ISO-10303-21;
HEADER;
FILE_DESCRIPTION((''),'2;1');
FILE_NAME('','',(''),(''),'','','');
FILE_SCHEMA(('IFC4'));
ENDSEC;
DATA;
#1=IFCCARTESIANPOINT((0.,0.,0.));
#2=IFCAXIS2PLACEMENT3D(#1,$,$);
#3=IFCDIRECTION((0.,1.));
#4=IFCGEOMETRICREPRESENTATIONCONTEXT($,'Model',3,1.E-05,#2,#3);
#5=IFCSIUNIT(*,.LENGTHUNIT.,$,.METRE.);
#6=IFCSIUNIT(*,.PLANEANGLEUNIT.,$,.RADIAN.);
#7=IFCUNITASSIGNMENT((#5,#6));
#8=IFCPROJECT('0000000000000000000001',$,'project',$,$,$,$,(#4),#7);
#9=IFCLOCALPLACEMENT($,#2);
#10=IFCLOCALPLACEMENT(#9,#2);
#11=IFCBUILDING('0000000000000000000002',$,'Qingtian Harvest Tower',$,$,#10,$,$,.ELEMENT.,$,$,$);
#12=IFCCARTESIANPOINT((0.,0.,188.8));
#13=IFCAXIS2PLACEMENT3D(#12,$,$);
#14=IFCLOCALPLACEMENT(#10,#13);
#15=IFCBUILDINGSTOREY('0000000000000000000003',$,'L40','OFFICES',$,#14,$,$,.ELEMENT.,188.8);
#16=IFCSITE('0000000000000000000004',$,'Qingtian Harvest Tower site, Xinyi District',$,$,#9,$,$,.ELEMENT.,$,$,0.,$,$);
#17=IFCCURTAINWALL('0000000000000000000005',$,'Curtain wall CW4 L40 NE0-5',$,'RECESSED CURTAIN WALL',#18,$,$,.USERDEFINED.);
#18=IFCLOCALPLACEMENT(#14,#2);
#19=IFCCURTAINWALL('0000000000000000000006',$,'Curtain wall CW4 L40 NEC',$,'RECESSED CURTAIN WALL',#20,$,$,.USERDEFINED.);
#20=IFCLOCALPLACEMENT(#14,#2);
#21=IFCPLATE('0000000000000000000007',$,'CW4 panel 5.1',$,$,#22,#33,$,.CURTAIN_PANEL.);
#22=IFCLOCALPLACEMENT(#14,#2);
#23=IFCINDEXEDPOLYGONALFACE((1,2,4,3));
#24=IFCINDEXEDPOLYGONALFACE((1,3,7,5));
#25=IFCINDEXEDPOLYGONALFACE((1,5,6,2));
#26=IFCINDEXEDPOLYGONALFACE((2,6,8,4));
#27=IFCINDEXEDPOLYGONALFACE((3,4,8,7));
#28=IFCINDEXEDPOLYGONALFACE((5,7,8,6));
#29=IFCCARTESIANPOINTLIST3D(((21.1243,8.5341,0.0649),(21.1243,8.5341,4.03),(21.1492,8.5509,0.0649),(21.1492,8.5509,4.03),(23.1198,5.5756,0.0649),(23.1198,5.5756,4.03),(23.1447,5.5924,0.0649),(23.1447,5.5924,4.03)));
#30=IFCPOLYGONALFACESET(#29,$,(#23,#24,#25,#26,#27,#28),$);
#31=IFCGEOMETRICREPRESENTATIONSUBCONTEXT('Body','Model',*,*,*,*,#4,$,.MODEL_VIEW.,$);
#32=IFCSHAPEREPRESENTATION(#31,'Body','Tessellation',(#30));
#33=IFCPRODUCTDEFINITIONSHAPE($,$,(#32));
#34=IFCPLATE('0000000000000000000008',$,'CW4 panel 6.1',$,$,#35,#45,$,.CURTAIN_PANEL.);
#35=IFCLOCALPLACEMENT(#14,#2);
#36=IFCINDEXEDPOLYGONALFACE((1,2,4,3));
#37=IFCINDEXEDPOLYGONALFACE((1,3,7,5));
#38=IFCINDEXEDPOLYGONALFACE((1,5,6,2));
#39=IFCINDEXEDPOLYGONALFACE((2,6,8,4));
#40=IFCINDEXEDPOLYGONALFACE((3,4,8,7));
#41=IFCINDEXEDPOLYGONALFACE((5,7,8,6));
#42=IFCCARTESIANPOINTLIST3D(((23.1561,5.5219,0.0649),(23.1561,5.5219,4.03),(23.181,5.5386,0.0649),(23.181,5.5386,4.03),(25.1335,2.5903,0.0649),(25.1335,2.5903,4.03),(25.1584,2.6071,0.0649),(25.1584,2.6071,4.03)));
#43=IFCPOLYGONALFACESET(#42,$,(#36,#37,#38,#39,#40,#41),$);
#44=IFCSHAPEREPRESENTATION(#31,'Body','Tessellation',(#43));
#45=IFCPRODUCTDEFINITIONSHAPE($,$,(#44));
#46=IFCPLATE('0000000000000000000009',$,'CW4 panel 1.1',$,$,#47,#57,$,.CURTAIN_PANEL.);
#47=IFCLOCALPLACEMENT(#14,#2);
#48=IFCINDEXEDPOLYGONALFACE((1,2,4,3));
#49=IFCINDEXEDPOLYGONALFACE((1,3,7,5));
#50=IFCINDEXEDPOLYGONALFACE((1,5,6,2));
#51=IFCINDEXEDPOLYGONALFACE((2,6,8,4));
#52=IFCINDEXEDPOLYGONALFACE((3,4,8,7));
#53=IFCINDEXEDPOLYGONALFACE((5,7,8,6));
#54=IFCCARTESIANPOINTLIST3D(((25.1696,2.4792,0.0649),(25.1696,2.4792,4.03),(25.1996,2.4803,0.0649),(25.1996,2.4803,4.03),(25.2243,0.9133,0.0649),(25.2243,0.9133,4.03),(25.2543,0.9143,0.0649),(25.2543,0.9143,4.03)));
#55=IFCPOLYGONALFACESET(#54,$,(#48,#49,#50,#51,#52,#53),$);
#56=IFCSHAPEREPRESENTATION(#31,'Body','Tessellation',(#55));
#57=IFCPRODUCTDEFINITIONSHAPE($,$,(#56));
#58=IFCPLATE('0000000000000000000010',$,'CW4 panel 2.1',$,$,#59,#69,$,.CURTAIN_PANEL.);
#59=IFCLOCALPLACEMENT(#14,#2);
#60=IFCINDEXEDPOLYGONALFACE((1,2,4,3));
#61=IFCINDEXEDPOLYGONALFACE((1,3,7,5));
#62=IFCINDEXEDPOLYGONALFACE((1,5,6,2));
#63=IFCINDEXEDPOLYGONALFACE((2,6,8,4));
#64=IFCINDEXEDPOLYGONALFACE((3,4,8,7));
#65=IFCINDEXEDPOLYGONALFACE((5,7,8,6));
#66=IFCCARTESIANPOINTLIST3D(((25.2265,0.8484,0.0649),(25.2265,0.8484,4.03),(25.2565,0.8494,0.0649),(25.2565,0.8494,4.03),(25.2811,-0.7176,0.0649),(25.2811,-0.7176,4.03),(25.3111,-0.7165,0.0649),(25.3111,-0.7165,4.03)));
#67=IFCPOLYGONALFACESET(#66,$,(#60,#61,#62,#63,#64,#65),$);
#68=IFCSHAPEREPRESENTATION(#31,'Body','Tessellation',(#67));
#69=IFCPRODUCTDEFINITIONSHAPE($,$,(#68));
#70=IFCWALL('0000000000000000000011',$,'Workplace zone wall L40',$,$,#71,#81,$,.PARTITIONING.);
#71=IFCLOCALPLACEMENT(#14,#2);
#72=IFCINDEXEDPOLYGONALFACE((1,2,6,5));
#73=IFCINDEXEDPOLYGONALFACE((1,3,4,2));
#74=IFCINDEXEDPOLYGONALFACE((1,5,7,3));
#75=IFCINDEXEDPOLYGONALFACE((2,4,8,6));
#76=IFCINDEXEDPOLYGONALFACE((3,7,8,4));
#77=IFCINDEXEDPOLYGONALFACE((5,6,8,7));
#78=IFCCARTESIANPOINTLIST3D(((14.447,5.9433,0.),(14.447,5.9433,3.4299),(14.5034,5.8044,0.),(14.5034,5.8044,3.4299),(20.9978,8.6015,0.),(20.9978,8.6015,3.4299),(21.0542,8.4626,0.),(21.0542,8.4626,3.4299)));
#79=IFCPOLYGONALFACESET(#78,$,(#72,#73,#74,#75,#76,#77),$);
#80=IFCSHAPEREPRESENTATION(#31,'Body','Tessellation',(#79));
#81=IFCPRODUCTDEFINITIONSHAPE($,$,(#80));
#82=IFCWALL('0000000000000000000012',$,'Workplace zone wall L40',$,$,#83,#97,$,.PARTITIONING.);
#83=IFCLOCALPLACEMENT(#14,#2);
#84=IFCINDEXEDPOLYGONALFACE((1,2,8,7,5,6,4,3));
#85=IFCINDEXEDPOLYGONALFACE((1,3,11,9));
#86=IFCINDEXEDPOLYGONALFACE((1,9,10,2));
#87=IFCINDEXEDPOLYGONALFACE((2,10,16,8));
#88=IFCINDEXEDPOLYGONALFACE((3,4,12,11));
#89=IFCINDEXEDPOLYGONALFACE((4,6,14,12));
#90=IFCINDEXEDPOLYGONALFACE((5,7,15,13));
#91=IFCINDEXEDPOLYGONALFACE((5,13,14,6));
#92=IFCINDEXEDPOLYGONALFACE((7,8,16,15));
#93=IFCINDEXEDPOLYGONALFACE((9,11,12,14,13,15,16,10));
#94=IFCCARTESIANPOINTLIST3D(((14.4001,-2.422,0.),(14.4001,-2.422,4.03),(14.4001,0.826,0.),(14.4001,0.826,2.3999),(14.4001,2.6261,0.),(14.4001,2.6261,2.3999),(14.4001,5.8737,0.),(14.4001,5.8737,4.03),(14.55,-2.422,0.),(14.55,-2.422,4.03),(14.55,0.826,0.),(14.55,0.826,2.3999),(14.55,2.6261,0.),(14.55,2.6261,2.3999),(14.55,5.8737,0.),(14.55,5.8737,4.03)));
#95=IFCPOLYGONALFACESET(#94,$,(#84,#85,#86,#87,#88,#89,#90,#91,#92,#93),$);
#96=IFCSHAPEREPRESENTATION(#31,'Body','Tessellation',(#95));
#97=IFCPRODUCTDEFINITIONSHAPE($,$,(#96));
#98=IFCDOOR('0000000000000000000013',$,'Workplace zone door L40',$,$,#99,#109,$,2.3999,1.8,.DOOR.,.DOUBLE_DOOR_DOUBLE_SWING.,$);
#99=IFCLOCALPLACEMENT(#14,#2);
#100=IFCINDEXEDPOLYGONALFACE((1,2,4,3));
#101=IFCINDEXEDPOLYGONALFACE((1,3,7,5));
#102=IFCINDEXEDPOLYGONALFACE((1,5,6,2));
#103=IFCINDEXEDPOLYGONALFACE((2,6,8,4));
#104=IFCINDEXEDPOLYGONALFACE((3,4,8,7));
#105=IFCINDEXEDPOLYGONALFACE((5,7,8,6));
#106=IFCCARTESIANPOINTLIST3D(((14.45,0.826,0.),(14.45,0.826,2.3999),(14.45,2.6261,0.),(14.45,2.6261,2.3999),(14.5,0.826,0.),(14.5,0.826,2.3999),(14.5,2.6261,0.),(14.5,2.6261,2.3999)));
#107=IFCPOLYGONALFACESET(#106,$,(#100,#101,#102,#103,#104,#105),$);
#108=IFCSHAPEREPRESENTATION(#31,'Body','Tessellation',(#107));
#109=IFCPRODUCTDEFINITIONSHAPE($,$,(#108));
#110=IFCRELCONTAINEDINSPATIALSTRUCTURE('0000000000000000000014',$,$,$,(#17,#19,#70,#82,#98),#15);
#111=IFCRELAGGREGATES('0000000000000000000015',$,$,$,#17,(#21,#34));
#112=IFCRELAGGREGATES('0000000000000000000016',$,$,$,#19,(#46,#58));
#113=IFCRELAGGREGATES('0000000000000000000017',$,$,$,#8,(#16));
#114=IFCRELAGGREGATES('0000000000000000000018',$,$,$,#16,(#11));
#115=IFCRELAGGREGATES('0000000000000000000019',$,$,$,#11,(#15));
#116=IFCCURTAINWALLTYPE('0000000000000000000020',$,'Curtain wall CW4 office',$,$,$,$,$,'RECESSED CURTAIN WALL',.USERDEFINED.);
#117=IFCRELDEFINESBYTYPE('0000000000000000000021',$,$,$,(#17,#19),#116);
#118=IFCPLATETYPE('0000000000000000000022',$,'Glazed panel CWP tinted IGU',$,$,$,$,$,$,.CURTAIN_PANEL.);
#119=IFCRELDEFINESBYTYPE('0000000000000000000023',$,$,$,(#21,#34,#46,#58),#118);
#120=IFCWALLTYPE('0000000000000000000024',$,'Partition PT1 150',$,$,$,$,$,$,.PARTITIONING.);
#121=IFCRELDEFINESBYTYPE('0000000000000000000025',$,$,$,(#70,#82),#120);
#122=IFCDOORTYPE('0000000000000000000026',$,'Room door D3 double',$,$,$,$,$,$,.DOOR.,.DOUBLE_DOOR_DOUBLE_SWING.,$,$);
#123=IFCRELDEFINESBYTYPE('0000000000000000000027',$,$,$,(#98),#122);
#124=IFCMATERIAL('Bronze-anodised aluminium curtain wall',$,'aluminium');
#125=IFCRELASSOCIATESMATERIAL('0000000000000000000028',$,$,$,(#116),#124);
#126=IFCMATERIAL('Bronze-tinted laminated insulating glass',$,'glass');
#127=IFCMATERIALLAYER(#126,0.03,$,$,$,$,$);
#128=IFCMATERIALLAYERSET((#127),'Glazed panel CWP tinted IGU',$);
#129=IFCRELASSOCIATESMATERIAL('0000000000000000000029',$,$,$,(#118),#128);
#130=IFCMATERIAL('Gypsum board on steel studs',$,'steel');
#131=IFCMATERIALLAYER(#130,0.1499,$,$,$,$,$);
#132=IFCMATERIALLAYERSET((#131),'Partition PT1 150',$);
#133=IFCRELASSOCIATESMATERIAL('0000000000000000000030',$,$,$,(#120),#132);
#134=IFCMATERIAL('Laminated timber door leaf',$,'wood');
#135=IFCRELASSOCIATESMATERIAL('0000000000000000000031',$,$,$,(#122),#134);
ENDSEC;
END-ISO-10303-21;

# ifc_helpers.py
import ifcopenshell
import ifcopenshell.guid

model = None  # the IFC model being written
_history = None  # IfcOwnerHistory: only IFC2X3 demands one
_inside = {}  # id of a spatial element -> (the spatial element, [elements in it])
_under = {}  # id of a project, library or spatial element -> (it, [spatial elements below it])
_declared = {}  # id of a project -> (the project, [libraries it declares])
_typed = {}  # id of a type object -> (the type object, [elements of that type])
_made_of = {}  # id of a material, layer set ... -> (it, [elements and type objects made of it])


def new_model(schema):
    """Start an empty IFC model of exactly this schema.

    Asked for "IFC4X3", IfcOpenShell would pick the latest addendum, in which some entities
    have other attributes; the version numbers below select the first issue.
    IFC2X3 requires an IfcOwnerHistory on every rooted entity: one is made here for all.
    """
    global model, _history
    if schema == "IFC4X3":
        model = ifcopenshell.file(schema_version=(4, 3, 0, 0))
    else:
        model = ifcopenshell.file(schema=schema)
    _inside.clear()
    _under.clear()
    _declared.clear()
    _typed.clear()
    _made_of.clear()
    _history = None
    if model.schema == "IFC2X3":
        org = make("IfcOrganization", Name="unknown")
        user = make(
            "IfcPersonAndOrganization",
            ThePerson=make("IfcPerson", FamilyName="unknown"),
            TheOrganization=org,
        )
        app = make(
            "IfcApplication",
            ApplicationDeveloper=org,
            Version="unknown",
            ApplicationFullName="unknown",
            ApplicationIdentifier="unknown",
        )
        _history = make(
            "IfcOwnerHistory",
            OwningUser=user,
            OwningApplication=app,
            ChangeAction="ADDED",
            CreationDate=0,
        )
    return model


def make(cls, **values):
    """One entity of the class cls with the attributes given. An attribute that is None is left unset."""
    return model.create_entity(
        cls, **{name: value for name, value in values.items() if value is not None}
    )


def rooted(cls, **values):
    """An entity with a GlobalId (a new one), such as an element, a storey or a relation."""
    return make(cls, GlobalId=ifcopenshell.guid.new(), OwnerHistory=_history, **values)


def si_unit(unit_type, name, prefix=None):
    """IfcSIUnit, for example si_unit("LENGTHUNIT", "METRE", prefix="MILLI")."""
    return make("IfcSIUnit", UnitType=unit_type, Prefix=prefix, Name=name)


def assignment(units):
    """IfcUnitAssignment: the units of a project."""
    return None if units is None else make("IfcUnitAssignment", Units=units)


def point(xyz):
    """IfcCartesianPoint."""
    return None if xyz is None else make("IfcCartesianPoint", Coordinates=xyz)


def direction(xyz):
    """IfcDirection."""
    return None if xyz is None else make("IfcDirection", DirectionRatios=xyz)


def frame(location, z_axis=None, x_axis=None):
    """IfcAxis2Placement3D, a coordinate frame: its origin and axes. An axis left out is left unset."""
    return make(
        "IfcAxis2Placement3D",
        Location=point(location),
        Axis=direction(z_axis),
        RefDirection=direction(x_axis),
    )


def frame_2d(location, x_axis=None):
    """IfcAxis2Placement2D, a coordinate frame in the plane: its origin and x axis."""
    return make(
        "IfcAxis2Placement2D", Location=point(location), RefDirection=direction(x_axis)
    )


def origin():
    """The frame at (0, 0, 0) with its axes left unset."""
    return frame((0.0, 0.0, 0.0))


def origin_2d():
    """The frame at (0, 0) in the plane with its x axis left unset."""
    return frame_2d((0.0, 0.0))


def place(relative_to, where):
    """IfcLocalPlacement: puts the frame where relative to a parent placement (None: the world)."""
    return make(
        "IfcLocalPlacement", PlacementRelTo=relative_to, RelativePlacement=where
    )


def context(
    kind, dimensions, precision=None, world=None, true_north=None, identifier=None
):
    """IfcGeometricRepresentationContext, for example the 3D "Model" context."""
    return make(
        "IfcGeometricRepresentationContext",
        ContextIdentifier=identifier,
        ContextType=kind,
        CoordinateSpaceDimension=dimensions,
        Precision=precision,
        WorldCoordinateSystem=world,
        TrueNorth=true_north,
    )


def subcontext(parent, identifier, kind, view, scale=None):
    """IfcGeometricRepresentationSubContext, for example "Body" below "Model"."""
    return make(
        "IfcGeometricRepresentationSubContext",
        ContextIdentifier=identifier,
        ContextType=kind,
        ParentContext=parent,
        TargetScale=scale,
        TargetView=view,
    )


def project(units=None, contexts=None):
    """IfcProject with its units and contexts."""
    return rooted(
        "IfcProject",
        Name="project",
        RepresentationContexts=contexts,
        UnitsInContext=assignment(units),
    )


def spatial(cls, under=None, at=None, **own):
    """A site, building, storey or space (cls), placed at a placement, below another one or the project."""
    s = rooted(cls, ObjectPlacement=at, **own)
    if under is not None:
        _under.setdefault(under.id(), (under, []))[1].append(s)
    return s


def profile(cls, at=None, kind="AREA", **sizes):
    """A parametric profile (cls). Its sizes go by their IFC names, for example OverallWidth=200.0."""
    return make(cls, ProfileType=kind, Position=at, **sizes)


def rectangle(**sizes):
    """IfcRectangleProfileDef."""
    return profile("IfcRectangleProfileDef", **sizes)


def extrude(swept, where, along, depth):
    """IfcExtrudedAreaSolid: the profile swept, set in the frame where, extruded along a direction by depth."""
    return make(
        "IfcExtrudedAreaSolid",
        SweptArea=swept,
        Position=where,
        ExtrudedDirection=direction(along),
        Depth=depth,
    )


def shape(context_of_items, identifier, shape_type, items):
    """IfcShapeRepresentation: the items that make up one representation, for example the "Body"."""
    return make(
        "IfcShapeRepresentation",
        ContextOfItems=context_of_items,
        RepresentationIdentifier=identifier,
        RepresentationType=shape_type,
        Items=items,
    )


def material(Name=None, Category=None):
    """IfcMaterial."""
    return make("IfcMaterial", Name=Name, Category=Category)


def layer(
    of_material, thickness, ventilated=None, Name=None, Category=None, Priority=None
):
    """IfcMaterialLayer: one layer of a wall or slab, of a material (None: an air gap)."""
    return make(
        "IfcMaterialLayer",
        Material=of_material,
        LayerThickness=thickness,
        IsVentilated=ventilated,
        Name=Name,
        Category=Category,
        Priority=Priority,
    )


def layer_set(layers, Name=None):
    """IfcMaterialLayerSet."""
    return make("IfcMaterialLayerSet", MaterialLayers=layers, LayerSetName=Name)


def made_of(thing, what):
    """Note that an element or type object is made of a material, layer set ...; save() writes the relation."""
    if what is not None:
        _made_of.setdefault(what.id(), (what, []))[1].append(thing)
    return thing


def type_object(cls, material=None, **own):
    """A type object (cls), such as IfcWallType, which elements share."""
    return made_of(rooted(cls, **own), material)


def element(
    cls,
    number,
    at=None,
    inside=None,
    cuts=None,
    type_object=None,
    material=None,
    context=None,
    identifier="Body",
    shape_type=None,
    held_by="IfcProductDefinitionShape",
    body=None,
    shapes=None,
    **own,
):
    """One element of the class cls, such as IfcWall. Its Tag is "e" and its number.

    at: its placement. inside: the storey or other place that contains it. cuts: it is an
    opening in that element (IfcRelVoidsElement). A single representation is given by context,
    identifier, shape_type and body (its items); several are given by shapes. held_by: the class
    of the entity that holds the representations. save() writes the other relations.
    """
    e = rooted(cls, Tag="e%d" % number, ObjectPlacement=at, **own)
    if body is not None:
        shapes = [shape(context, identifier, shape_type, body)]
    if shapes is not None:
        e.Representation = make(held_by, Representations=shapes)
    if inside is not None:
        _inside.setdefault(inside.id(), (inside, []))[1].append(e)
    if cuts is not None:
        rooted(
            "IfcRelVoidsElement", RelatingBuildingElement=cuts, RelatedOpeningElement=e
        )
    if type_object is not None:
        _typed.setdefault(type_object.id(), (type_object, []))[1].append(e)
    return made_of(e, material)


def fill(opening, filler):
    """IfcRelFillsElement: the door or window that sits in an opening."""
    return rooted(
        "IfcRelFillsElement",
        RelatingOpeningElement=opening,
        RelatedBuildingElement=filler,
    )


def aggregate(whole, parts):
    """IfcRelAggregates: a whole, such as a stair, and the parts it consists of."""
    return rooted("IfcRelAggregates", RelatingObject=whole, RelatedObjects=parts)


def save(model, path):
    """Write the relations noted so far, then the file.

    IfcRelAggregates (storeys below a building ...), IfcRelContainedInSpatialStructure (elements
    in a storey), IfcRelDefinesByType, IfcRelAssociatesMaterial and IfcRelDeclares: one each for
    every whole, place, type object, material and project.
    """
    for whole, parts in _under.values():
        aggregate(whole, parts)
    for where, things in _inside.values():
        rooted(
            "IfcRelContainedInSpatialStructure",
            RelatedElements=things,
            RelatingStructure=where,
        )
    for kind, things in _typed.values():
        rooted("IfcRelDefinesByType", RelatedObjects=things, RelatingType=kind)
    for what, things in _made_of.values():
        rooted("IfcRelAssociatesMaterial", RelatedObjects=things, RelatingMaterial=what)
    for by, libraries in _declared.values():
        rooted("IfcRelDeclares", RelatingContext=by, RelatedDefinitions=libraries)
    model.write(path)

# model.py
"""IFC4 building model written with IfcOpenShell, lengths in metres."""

from ifc_helpers import new_model, si_unit, direction, frame, frame_2d, origin, origin_2d, place, context, subcontext, project, spatial, rectangle, extrude, material, layer, layer_set, type_object, element, fill, aggregate, save


model = new_model("IFC4")

# Units and contexts
model_context = context("Model", 3, precision=1e-05, world=origin(), true_north=direction((0.0, 1.0)))
body_context = subcontext(model_context, "Body", "Model", "MODEL_VIEW")
ifc_project = project(units=[si_unit("LENGTHUNIT", "METRE"), si_unit("PLANEANGLEUNIT", "RADIAN")], contexts=[model_context])

# Site, building, storey
site_placement = place(None, origin())
site = spatial("IfcSite", under=ifc_project, at=site_placement, Name="Qingtian Harvest Tower site, Xinyi District", CompositionType="ELEMENT", RefElevation=0.0)
building_placement = place(site_placement, origin())
building = spatial("IfcBuilding", under=site, at=building_placement, Name="Qingtian Harvest Tower", CompositionType="ELEMENT")
storey_placement = place(building_placement, frame((0.0, 0.0, 188.8)))
storey = spatial("IfcBuildingStorey", under=building, at=storey_placement, Name="L40", Description="OFFICES", CompositionType="ELEMENT", Elevation=188.8)

# Curtain walls
ifc_material_1 = material(Name="Bronze-anodised aluminium curtain wall", Category="aluminium")
curtain_wall_type = type_object("IfcCurtainWallType", Name="Curtain wall CW4 office", ElementType="RECESSED CURTAIN WALL", PredefinedType="USERDEFINED", material=ifc_material_1)
curtain_wall_1_placement = place(storey_placement, origin())
curtain_wall_1 = element("IfcCurtainWall", 1, at=curtain_wall_1_placement, inside=storey, type_object=curtain_wall_type, Name="Curtain wall CW4 L40 NE0-5", ObjectType="RECESSED CURTAIN WALL", PredefinedType="USERDEFINED")
curtain_wall_2_placement = place(storey_placement, origin())
curtain_wall_2 = element("IfcCurtainWall", 2, at=curtain_wall_2_placement, inside=storey, type_object=curtain_wall_type, Name="Curtain wall CW4 L40 NEC", ObjectType="RECESSED CURTAIN WALL", PredefinedType="USERDEFINED")

# Plates
ifc_material_2 = material(Name="Bronze-tinted laminated insulating glass", Category="glass")
ifc_layer_1 = layer(ifc_material_2, 0.03)
ifc_layer_set_1 = layer_set([ifc_layer_1], Name="Glazed panel CWP tinted IGU")
plate_type = type_object("IfcPlateType", Name="Glazed panel CWP tinted IGU", PredefinedType="CURTAIN_PANEL", material=ifc_layer_set_1)
plate_1_placement = place(storey_placement, frame((22.1345, 7.0632, 0.0649), z_axis=(0.0, 0.0, 1.0), x_axis=(0.559193, -0.829038, 0.0)))
plate_1 = element("IfcPlate", 3, at=plate_1_placement, type_object=plate_type, Name="CW4 panel 5.1", PredefinedType="CURTAIN_PANEL", context=body_context, shape_type="SweptSolid", body=[
    extrude(rectangle(XDim=3.5686, YDim=0.03, at=origin_2d()), origin(), (0.0, 0.0, 1.0), 3.9651),
])
plate_2_placement = place(storey_placement, frame((24.1572, 4.0645, 0.0649), z_axis=(0.0, 0.0, 1.0), x_axis=(0.559193, -0.829038, 0.0)))
plate_2 = element("IfcPlate", 4, at=plate_2_placement, type_object=plate_type, Name="CW4 panel 6.1", PredefinedType="CURTAIN_PANEL", context=body_context, shape_type="SweptSolid", body=[
    extrude(rectangle(XDim=3.5361, YDim=0.03, at=origin_2d()), origin(), (0.0, 0.0, 1.0), 3.9651),
])
aggregate(curtain_wall_1, [plate_1, plate_2])
plate_3_placement = place(storey_placement, frame((25.2119, 1.6968, 0.0649), z_axis=(0.0, 0.0, 1.0), x_axis=(0.034899, -0.999391, 0.0)))
plate_3 = element("IfcPlate", 5, at=plate_3_placement, type_object=plate_type, Name="CW4 panel 1.1", PredefinedType="CURTAIN_PANEL", context=body_context, shape_type="SweptSolid", body=[
    extrude(rectangle(XDim=1.5669, YDim=0.03, at=origin_2d()), origin(), (0.0, 0.0, 1.0), 3.9651),
])
plate_4_placement = place(storey_placement, frame((25.2688, 0.0659, 0.0649), z_axis=(0.0, 0.0, 1.0), x_axis=(0.034899, -0.999391, 0.0)))
plate_4 = element("IfcPlate", 6, at=plate_4_placement, type_object=plate_type, Name="CW4 panel 2.1", PredefinedType="CURTAIN_PANEL", context=body_context, shape_type="SweptSolid", body=[
    extrude(rectangle(XDim=1.5669, YDim=0.03, at=origin_2d()), origin(), (0.0, 0.0, 1.0), 3.9651),
])
aggregate(curtain_wall_2, [plate_3, plate_4])

# Shared definitions
ifc_material_3 = material(Name="Gypsum board on steel studs", Category="steel")
ifc_layer_2 = layer(ifc_material_3, 0.1499)
ifc_layer_set_2 = layer_set([ifc_layer_2], Name="Partition PT1 150")
wall_type = type_object("IfcWallType", Name="Partition PT1 150", PredefinedType="PARTITIONING", material=ifc_layer_set_2)
ifc_material_4 = material(Name="Laminated timber door leaf", Category="wood")
door_type = type_object("IfcDoorType", Name="Room door D3 double", OperationType="DOUBLE_DOOR_DOUBLE_SWING", PredefinedType="DOOR", material=ifc_material_4)

# Wall
wall_1_placement = place(storey_placement, frame((21.0259, 8.532, 0.0), z_axis=(0.0, 0.0, 1.0), x_axis=(-0.926617, -0.376006, 0.0)))
element("IfcWall", 7, at=wall_1_placement, inside=storey, type_object=wall_type, Name="Workplace zone wall L40", PredefinedType="PARTITIONING", context=body_context, shape_type="SweptSolid", body=[
    extrude(rectangle(XDim=7.0696, YDim=0.1499, at=frame_2d((3.5347, 0.0))), origin(), (0.0, 0.0, 1.0), 3.4299),
])

# Wall, opening, door
wall_2_placement = place(storey_placement, frame((14.4751, 5.8738, 0.0), z_axis=(0.0, 0.0, 1.0), x_axis=(0.0, -1.0, 0.0)))
wall_2 = element("IfcWall", 8, at=wall_2_placement, inside=storey, type_object=wall_type, Name="Workplace zone wall L40", PredefinedType="PARTITIONING", context=body_context, shape_type="SweptSolid", body=[
    extrude(rectangle(XDim=8.2957, YDim=0.1499, at=frame_2d((4.1479, 0.0))), origin(), (0.0, 0.0, 1.0), 4.03),
])
opening_1_placement = place(wall_2_placement, frame((3.2478, 0.0, 0.0)))
opening_1 = element("IfcOpeningElement", 9, at=opening_1_placement, cuts=wall_2, PredefinedType="OPENING", context=body_context, shape_type="SweptSolid", body=[
    extrude(rectangle(XDim=1.8, YDim=2.3999, at=frame_2d((0.8999, 1.2))), frame((0.0, 0.085, 0.0), z_axis=(0.0, -1.0, 0.0), x_axis=(1.0, 0.0, 0.0)), (0.0, 0.0, 1.0), 0.1699),
])
door_1_placement = place(opening_1_placement, origin())
door_1 = element("IfcDoor", 10, at=door_1_placement, inside=storey, type_object=door_type, Name="Workplace zone door L40", OperationType="DOUBLE_DOOR_DOUBLE_SWING", OverallHeight=2.3999, OverallWidth=1.8, PredefinedType="DOOR", context=body_context, shape_type="SweptSolid", body=[
    extrude(rectangle(XDim=1.8, YDim=2.3999, at=frame_2d((0.8999, 1.2))), frame((0.0, 0.0249, 0.0), z_axis=(0.0, -1.0, 0.0), x_axis=(1.0, 0.0, 0.0)), (0.0, 0.0, 1.0), 0.05),
])
fill(opening_1, door_1)

save(model, "model.ifc")
